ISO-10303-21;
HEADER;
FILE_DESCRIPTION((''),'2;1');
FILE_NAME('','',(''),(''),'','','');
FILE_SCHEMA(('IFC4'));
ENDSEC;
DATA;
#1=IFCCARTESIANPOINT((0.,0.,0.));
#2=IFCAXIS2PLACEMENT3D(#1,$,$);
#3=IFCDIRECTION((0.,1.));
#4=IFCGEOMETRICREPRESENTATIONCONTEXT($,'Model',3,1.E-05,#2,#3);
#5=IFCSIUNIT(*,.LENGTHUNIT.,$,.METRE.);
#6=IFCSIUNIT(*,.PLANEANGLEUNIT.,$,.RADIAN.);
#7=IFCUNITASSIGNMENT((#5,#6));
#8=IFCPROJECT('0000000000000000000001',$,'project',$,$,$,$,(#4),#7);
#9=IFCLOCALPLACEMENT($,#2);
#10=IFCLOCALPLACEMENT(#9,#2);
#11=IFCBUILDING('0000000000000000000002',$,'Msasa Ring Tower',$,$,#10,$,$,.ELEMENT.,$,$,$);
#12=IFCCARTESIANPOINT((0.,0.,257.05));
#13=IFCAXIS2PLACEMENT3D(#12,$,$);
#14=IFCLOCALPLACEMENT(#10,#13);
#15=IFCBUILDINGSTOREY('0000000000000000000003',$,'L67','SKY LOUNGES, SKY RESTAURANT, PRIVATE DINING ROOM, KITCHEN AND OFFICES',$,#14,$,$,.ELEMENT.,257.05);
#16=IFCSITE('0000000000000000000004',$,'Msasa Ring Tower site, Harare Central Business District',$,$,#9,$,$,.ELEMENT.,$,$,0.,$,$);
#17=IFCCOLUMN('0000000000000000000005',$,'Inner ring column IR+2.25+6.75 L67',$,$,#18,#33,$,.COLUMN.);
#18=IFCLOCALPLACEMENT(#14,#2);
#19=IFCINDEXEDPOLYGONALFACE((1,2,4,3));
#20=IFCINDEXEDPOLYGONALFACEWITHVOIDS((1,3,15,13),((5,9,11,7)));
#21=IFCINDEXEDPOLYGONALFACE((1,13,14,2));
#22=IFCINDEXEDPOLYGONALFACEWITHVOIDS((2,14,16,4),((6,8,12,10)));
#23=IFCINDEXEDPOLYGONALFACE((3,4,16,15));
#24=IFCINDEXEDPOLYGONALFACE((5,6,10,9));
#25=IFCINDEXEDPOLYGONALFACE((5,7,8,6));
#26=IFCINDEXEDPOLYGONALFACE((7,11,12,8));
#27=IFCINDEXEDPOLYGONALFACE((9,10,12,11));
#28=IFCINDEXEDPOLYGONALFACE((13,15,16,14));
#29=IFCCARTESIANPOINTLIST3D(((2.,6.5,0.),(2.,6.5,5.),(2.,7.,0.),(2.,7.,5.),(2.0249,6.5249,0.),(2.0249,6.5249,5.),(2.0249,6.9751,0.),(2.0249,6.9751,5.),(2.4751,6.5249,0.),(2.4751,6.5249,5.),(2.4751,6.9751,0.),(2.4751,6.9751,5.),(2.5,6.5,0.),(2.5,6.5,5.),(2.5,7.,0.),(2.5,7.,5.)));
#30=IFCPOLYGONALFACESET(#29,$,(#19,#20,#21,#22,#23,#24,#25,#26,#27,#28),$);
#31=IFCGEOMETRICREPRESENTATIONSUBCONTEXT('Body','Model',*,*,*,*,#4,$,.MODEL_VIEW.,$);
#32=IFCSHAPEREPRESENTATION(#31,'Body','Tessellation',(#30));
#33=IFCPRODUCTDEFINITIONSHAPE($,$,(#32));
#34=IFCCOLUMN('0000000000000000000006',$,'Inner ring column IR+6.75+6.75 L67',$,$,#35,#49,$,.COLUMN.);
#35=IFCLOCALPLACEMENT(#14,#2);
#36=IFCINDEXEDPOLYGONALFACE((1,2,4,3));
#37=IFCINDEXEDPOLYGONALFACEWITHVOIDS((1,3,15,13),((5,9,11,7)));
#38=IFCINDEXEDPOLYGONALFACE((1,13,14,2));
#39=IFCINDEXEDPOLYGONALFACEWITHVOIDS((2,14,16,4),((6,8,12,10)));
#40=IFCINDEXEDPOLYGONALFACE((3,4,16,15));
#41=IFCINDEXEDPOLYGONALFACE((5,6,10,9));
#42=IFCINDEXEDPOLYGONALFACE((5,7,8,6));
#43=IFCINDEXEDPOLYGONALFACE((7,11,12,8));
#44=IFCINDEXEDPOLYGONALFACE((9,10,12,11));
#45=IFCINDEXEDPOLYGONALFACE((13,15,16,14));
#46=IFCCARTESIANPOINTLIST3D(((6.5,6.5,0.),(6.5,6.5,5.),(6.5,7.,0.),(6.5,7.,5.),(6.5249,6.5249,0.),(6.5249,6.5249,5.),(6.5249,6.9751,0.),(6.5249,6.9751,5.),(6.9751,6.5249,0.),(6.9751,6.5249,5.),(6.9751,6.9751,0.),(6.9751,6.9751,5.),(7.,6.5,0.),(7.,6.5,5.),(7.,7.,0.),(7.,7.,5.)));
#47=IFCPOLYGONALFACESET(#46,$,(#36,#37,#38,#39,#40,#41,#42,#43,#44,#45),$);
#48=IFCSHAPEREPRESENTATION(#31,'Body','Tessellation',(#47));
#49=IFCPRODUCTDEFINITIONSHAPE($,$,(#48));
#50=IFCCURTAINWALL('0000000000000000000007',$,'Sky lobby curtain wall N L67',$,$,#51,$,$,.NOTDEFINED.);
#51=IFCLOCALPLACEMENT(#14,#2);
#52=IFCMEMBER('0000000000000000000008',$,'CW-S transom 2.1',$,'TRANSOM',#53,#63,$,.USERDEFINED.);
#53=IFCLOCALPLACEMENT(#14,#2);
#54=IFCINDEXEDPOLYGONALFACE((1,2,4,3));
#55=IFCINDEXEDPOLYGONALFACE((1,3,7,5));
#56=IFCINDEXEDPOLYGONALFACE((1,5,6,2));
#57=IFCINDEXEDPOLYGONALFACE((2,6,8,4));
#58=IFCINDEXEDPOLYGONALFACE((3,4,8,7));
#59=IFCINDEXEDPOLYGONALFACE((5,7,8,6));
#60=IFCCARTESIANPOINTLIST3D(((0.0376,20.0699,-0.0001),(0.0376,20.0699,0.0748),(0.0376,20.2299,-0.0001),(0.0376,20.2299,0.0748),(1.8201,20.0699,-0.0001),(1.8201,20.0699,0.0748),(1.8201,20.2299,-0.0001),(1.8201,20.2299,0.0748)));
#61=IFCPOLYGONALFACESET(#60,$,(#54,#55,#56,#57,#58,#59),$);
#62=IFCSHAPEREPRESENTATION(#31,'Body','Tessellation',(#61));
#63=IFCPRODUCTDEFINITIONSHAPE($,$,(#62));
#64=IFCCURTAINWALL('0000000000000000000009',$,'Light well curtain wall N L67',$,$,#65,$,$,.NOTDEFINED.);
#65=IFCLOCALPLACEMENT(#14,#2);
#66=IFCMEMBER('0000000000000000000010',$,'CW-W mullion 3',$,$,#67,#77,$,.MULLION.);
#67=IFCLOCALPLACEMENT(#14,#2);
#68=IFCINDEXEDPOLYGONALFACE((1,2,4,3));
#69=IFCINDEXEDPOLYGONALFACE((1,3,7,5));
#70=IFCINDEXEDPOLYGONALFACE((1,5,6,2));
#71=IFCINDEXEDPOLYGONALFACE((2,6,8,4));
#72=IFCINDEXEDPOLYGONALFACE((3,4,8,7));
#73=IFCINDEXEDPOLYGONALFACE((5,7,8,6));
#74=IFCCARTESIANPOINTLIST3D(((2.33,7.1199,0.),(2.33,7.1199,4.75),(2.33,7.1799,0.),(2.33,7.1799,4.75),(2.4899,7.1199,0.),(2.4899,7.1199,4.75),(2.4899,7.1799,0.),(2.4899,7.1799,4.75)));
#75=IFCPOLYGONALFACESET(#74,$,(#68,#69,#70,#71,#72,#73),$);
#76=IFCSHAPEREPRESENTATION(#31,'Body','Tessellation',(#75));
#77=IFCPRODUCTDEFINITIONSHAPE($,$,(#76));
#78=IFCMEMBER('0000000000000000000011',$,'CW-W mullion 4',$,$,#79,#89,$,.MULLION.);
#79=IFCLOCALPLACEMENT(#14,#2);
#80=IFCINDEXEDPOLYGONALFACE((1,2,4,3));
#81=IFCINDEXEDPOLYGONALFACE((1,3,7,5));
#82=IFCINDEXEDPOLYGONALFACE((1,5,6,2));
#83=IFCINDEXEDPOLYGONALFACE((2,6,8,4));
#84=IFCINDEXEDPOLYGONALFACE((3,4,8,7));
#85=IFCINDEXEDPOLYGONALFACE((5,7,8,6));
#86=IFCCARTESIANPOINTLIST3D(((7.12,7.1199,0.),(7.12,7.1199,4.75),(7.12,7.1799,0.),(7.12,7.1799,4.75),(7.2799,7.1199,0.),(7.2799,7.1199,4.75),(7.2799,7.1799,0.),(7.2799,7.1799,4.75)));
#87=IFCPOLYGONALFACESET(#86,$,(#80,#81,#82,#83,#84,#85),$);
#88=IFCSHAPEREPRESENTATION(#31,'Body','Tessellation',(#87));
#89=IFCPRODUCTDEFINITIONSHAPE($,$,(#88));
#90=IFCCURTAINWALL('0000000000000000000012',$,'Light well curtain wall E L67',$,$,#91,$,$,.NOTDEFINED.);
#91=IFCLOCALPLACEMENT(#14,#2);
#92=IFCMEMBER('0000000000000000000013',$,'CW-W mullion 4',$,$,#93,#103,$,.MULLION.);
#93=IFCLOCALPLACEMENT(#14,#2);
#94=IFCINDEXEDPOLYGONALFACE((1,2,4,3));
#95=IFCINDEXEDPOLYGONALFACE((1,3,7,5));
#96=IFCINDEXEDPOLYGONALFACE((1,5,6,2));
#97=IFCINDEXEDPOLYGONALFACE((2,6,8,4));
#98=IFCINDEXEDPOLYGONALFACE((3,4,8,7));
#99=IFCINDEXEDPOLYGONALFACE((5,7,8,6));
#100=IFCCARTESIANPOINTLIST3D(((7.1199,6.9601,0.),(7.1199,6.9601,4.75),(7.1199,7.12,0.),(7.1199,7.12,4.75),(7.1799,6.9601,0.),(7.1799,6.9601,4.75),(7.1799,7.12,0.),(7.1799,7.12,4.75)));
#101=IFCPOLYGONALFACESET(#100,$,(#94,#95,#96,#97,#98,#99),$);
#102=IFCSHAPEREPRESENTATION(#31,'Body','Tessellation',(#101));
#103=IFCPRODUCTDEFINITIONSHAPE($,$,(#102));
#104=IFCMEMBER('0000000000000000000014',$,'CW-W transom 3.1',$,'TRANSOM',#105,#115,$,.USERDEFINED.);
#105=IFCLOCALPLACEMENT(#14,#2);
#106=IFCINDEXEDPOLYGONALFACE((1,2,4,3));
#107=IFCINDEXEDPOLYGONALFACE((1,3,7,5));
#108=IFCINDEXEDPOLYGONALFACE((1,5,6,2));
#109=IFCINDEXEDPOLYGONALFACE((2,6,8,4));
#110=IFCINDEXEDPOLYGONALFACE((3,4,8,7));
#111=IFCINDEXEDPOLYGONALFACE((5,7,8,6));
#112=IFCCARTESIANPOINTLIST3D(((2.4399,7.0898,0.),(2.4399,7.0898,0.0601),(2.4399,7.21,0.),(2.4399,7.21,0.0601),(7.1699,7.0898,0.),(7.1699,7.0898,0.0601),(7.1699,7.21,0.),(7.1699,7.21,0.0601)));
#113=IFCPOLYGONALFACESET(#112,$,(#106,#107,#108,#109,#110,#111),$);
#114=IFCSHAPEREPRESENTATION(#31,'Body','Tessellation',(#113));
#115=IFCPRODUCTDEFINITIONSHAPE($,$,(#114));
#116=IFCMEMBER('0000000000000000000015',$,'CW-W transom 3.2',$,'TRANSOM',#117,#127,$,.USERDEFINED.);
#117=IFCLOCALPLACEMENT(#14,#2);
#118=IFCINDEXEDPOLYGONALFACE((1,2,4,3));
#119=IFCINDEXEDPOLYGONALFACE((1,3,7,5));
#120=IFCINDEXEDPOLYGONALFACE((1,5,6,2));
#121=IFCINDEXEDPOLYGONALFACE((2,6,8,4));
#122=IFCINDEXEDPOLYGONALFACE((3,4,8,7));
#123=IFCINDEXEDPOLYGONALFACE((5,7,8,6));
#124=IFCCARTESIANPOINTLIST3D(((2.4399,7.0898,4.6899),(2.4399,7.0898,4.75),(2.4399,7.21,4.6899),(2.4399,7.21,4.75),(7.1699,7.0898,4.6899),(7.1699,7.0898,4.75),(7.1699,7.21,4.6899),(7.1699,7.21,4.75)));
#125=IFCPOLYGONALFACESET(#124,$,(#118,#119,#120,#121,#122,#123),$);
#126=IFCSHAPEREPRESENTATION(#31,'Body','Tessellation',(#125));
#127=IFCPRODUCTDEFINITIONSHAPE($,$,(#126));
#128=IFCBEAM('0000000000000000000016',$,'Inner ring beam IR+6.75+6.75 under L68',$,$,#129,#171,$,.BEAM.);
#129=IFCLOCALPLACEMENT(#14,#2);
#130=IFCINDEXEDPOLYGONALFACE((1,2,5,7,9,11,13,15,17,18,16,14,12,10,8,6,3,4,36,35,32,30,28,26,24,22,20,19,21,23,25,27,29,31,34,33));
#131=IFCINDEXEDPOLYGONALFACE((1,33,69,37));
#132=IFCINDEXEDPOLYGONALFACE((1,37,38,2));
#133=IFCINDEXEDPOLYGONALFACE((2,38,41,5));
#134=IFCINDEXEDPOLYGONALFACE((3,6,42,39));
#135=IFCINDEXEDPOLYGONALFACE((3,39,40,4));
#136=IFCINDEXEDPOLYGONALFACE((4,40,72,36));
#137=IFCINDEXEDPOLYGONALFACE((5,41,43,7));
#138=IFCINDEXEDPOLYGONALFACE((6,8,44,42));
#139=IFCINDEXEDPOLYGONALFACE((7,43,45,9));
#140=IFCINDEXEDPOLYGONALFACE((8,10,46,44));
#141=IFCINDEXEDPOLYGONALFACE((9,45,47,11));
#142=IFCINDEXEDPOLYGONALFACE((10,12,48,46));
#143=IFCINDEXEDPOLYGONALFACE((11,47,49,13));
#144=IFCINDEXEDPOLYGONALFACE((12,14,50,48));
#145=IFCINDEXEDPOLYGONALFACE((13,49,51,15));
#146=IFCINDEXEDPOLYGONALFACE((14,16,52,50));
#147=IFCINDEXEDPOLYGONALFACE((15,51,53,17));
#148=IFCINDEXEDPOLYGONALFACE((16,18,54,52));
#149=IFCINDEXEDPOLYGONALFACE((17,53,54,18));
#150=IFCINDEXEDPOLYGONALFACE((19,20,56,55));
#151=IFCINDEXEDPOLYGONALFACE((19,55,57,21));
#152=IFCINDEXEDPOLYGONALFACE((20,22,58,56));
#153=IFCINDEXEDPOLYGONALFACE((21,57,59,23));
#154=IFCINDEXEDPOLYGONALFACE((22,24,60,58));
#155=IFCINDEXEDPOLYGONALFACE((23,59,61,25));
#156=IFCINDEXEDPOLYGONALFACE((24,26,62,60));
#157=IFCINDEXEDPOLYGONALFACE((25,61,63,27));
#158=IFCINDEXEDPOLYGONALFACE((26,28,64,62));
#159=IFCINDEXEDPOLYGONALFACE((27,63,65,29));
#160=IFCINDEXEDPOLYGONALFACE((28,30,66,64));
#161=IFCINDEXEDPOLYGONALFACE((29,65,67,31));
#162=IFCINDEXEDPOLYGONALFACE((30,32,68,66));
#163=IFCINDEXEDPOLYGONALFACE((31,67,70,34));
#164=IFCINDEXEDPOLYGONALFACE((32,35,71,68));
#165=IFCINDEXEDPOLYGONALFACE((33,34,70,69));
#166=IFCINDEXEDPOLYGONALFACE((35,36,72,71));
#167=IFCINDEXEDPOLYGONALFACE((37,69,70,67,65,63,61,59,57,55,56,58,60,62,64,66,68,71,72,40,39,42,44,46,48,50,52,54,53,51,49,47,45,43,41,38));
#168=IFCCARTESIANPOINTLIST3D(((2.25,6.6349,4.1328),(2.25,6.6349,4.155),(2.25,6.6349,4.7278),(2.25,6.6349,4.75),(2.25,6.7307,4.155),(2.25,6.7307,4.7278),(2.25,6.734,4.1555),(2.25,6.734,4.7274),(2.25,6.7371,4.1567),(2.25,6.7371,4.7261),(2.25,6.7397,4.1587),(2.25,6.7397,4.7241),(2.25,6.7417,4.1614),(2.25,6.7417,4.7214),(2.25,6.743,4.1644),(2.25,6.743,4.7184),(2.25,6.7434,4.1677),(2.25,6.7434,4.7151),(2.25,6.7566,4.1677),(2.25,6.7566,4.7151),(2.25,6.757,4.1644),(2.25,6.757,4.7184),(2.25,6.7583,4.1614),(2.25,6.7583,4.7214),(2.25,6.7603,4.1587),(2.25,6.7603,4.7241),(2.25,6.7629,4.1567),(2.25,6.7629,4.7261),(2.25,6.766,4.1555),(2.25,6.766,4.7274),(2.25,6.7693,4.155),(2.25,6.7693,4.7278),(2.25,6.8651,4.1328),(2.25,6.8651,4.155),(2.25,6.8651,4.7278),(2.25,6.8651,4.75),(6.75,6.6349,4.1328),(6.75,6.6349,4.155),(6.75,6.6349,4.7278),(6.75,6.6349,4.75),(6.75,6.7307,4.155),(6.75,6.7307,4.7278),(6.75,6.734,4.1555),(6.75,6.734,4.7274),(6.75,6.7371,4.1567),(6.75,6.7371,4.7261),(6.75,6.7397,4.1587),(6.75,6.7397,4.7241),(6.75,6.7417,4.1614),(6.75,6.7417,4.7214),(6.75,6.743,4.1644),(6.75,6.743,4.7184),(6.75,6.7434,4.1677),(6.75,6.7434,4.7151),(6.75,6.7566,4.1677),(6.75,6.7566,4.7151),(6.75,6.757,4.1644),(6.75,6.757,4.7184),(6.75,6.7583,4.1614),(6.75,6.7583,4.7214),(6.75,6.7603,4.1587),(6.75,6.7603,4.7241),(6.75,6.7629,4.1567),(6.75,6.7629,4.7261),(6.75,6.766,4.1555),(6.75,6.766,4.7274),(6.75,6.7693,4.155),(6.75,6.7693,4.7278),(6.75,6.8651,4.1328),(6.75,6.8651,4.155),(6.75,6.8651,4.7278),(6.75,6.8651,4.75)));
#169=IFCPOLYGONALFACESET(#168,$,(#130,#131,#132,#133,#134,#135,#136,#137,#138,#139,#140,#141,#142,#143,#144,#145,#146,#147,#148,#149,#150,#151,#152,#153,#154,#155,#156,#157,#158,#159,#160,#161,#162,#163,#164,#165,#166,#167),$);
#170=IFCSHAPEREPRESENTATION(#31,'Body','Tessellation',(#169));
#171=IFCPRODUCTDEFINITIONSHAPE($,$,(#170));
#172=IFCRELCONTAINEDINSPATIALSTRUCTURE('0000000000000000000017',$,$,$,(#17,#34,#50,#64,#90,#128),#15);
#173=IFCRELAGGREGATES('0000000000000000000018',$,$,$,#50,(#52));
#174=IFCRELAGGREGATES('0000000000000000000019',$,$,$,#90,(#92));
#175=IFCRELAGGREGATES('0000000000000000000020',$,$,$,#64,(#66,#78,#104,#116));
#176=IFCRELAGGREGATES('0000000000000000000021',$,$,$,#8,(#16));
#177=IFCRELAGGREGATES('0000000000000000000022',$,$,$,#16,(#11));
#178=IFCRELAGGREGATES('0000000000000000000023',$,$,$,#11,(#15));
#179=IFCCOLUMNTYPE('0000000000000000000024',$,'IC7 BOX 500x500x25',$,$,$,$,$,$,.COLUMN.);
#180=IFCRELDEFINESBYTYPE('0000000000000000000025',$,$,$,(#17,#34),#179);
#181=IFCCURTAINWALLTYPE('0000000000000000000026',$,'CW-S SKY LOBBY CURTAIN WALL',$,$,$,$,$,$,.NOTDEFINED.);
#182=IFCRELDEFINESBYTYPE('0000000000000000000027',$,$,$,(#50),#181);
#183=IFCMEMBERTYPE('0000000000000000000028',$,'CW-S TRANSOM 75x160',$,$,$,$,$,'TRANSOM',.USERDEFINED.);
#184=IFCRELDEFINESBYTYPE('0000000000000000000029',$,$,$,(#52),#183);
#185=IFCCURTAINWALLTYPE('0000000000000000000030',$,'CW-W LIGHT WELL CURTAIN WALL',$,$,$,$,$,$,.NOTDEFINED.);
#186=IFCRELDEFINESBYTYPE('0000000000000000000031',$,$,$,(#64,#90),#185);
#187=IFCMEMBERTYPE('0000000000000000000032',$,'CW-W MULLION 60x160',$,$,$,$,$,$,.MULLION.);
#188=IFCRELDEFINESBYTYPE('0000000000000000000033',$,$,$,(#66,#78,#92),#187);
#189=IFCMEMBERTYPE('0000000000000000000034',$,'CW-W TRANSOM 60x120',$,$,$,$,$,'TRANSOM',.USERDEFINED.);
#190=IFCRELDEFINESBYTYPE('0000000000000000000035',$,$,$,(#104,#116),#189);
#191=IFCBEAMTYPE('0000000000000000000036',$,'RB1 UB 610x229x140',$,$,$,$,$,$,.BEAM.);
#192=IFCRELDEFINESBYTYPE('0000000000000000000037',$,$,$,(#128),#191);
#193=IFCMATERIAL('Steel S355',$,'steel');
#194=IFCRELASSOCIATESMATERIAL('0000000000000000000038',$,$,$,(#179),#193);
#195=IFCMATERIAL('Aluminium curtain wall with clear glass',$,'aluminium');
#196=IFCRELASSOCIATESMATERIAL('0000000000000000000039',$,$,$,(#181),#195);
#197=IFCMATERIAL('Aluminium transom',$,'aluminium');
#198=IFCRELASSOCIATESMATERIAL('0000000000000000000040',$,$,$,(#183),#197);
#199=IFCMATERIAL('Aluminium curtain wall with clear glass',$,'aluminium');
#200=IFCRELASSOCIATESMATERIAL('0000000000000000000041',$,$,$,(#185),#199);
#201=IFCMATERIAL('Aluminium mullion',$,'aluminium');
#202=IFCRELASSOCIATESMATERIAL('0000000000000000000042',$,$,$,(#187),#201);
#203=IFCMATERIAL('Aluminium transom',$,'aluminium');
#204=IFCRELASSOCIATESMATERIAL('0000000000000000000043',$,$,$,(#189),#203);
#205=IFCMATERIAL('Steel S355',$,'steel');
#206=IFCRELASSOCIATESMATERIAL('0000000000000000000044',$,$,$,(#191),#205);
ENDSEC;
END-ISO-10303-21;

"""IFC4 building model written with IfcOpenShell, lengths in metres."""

from ifc_helpers import new_model, si_unit, direction, frame, origin, origin_2d, place, context, subcontext, project, spatial, rectangle, hollow_rectangle, i_section, extrude, material, material_profile, profile_set, type_object, element, aggregate, save


model = new_model("IFC4")

# Units and contexts
model_context = context("Model", 3, precision=1e-05, world=origin(), true_north=direction((0.0, 1.0)))
body_context = subcontext(model_context, "Body", "Model", "MODEL_VIEW")
ifc_project = project(units=[si_unit("LENGTHUNIT", "METRE"), si_unit("PLANEANGLEUNIT", "RADIAN")], contexts=[model_context])

# Site, building, storey
site_placement = place(None, origin())
site = spatial("IfcSite", under=ifc_project, at=site_placement, Name="Msasa Ring Tower site, Harare Central Business District", CompositionType="ELEMENT", RefElevation=0.0)
building_placement = place(site_placement, origin())
building = spatial("IfcBuilding", under=site, at=building_placement, Name="Msasa Ring Tower", CompositionType="ELEMENT")
storey_placement = place(building_placement, frame((0.0, 0.0, 257.05)))
storey = spatial("IfcBuildingStorey", under=building, at=storey_placement, Name="L67", Description="SKY LOUNGES, SKY RESTAURANT, PRIVATE DINING ROOM, KITCHEN AND OFFICES", CompositionType="ELEMENT", Elevation=257.05)

# Columns
ifc_material_1 = material(Name="Steel S355", Category="steel")
ifc_material_profile_1 = material_profile(ifc_material_1, hollow_rectangle(XDim=0.5, YDim=0.5, WallThickness=0.0249, at=origin_2d()), Name="BOX 500x500x25")
ifc_profile_set_1 = profile_set([ifc_material_profile_1], Name="Steel S355")
column_type = type_object("IfcColumnType", Name="IC7 BOX 500x500x25", PredefinedType="COLUMN", material=ifc_profile_set_1)
for number, where, z_axis, x_axis, name in (
    (1, (2.25, 6.75, 0.0), (0.0, 0.0, 1.0), (1.0, 0.0, 0.0), "Inner ring column IR+2.25+6.75 L67"),
    (2, (6.75, 6.75, 0.0), (0.0, 0.0, 1.0), (1.0, 0.0, 0.0), "Inner ring column IR+6.75+6.75 L67"),
):
    element("IfcColumn", number, at=place(storey_placement, frame(where, z_axis=z_axis, x_axis=x_axis)), inside=storey, type_object=column_type, Name=name, PredefinedType="COLUMN", context=body_context, shape_type="SweptSolid", body=[
        extrude(hollow_rectangle(XDim=0.5, YDim=0.5, WallThickness=0.0249, at=origin_2d()), origin(), (0.0, 0.0, 1.0), 5.0),
    ])

# Curtain wall, member
ifc_material_2 = material(Name="Aluminium curtain wall with clear glass", Category="aluminium")
curtain_wall_type_1 = type_object("IfcCurtainWallType", Name="CW-S SKY LOBBY CURTAIN WALL", PredefinedType="NOTDEFINED", material=ifc_material_2)
curtain_wall_1_placement = place(storey_placement, origin())
curtain_wall_1 = element("IfcCurtainWall", 3, at=curtain_wall_1_placement, inside=storey, type_object=curtain_wall_type_1, Name="Sky lobby curtain wall N L67", PredefinedType="NOTDEFINED")
ifc_material_3 = material(Name="Aluminium transom", Category="aluminium")
ifc_material_profile_2 = material_profile(ifc_material_3, rectangle(XDim=0.1599, YDim=0.075, at=origin_2d()), Name="AL 75x160")
ifc_profile_set_2 = profile_set([ifc_material_profile_2], Name="Aluminium transom")
member_type_1 = type_object("IfcMemberType", Name="CW-S TRANSOM 75x160", ElementType="TRANSOM", PredefinedType="USERDEFINED", material=ifc_profile_set_2)
member_1_placement = place(storey_placement, frame((0.0376, 20.1499, 0.0374), z_axis=(1.0, 0.0, 0.0), x_axis=(0.0, 1.0, 0.0)))
member_1 = element("IfcMember", 4, at=member_1_placement, type_object=member_type_1, Name="CW-S transom 2.1", ObjectType="TRANSOM", PredefinedType="USERDEFINED", context=body_context, shape_type="SweptSolid", body=[
    extrude(rectangle(XDim=0.1599, YDim=0.075, at=origin_2d()), origin(), (0.0, 0.0, 1.0), 1.7825),
])
aggregate(curtain_wall_1, [member_1])

# Curtain wall, members
ifc_material_4 = material(Name="Aluminium curtain wall with clear glass", Category="aluminium")
curtain_wall_type_2 = type_object("IfcCurtainWallType", Name="CW-W LIGHT WELL CURTAIN WALL", PredefinedType="NOTDEFINED", material=ifc_material_4)
curtain_wall_2_placement = place(storey_placement, origin())
curtain_wall_2 = element("IfcCurtainWall", 5, at=curtain_wall_2_placement, inside=storey, type_object=curtain_wall_type_2, Name="Light well curtain wall N L67", PredefinedType="NOTDEFINED")
ifc_material_5 = material(Name="Aluminium mullion", Category="aluminium")
ifc_material_profile_3 = material_profile(ifc_material_5, rectangle(XDim=0.0601, YDim=0.1599, at=origin_2d()), Name="AL 60x160")
ifc_profile_set_3 = profile_set([ifc_material_profile_3], Name="Aluminium mullion")
member_type_2 = type_object("IfcMemberType", Name="CW-W MULLION 60x160", PredefinedType="MULLION", material=ifc_profile_set_3)
member_2_placement = place(storey_placement, frame((2.4099, 7.1499, 0.0), z_axis=(0.0, 0.0, 1.0), x_axis=(0.0, 1.0, 0.0)))
member_2 = element("IfcMember", 6, at=member_2_placement, type_object=member_type_2, Name="CW-W mullion 3", PredefinedType="MULLION", context=body_context, shape_type="SweptSolid", body=[
    extrude(rectangle(XDim=0.0601, YDim=0.1599, at=origin_2d()), origin(), (0.0, 0.0, 1.0), 4.75),
])
member_3_placement = place(storey_placement, frame((7.2, 7.1499, 0.0), z_axis=(0.0, 0.0, 1.0), x_axis=(0.0, 1.0, 0.0)))
member_3 = element("IfcMember", 7, at=member_3_placement, type_object=member_type_2, Name="CW-W mullion 4", PredefinedType="MULLION", context=body_context, shape_type="SweptSolid", body=[
    extrude(rectangle(XDim=0.0601, YDim=0.1599, at=origin_2d()), origin(), (0.0, 0.0, 1.0), 4.75),
])

# Curtain wall, member
curtain_wall_3_placement = place(storey_placement, origin())
curtain_wall_3 = element("IfcCurtainWall", 8, at=curtain_wall_3_placement, inside=storey, type_object=curtain_wall_type_2, Name="Light well curtain wall E L67", PredefinedType="NOTDEFINED")
member_4_placement = place(storey_placement, frame((7.1499, 7.04, 0.0), z_axis=(0.0, 0.0, 1.0), x_axis=(-1.0, 0.0, 0.0)))
member_4 = element("IfcMember", 9, at=member_4_placement, type_object=member_type_2, Name="CW-W mullion 4", PredefinedType="MULLION", context=body_context, shape_type="SweptSolid", body=[
    extrude(rectangle(XDim=0.0601, YDim=0.1599, at=origin_2d()), origin(), (0.0, 0.0, 1.0), 4.75),
])
aggregate(curtain_wall_3, [member_4])

# Members
ifc_material_6 = material(Name="Aluminium transom", Category="aluminium")
ifc_material_profile_4 = material_profile(ifc_material_6, rectangle(XDim=0.1201, YDim=0.0601, at=origin_2d()), Name="AL 60x120")
ifc_profile_set_4 = profile_set([ifc_material_profile_4], Name="Aluminium transom")
member_type_3 = type_object("IfcMemberType", Name="CW-W TRANSOM 60x120", ElementType="TRANSOM", PredefinedType="USERDEFINED", material=ifc_profile_set_4)
member_5_placement = place(storey_placement, frame((2.4399, 7.1499, 0.03), z_axis=(1.0, 0.0, 0.0), x_axis=(0.0, 1.0, 0.0)))
member_5 = element("IfcMember", 10, at=member_5_placement, type_object=member_type_3, Name="CW-W transom 3.1", ObjectType="TRANSOM", PredefinedType="USERDEFINED", context=body_context, shape_type="SweptSolid", body=[
    extrude(rectangle(XDim=0.1201, YDim=0.0601, at=origin_2d()), origin(), (0.0, 0.0, 1.0), 4.73),
])
member_6_placement = place(storey_placement, frame((2.4399, 7.1499, 4.72), z_axis=(1.0, 0.0, 0.0), x_axis=(0.0, 1.0, 0.0)))
member_6 = element("IfcMember", 11, at=member_6_placement, type_object=member_type_3, Name="CW-W transom 3.2", ObjectType="TRANSOM", PredefinedType="USERDEFINED", context=body_context, shape_type="SweptSolid", body=[
    extrude(rectangle(XDim=0.1201, YDim=0.0601, at=origin_2d()), origin(), (0.0, 0.0, 1.0), 4.73),
])

# Beam
ifc_material_7 = material(Name="Steel S355", Category="steel")
ifc_material_profile_5 = material_profile(ifc_material_7, i_section(OverallWidth=0.2302, OverallDepth=0.6172, WebThickness=0.0132, FlangeThickness=0.0222, FilletRadius=0.0127, at=origin_2d()), Name="UB 610x229x140")
ifc_profile_set_5 = profile_set([ifc_material_profile_5], Name="Steel S355")
beam_type = type_object("IfcBeamType", Name="RB1 UB 610x229x140", PredefinedType="BEAM", material=ifc_profile_set_5)
for number, where, z_axis, x_axis, name in (
    (12, (6.75, 6.75, 4.4414), (-1.0, 0.0, 0.0), (0.0, -1.0, 0.0), "Inner ring beam IR+6.75+6.75 under L68"),
):
    element("IfcBeam", number, at=place(storey_placement, frame(where, z_axis=z_axis, x_axis=x_axis)), inside=storey, type_object=beam_type, Name=name, PredefinedType="BEAM", context=body_context, shape_type="SweptSolid", body=[
        extrude(i_section(OverallWidth=0.2302, OverallDepth=0.6172, WebThickness=0.0132, FlangeThickness=0.0222, FilletRadius=0.0127, at=origin_2d()), origin(), (0.0, 0.0, 1.0), 4.5),
    ])

aggregate(curtain_wall_2, [member_2, member_3, member_5, member_6])

save(model, "model.ifc")
